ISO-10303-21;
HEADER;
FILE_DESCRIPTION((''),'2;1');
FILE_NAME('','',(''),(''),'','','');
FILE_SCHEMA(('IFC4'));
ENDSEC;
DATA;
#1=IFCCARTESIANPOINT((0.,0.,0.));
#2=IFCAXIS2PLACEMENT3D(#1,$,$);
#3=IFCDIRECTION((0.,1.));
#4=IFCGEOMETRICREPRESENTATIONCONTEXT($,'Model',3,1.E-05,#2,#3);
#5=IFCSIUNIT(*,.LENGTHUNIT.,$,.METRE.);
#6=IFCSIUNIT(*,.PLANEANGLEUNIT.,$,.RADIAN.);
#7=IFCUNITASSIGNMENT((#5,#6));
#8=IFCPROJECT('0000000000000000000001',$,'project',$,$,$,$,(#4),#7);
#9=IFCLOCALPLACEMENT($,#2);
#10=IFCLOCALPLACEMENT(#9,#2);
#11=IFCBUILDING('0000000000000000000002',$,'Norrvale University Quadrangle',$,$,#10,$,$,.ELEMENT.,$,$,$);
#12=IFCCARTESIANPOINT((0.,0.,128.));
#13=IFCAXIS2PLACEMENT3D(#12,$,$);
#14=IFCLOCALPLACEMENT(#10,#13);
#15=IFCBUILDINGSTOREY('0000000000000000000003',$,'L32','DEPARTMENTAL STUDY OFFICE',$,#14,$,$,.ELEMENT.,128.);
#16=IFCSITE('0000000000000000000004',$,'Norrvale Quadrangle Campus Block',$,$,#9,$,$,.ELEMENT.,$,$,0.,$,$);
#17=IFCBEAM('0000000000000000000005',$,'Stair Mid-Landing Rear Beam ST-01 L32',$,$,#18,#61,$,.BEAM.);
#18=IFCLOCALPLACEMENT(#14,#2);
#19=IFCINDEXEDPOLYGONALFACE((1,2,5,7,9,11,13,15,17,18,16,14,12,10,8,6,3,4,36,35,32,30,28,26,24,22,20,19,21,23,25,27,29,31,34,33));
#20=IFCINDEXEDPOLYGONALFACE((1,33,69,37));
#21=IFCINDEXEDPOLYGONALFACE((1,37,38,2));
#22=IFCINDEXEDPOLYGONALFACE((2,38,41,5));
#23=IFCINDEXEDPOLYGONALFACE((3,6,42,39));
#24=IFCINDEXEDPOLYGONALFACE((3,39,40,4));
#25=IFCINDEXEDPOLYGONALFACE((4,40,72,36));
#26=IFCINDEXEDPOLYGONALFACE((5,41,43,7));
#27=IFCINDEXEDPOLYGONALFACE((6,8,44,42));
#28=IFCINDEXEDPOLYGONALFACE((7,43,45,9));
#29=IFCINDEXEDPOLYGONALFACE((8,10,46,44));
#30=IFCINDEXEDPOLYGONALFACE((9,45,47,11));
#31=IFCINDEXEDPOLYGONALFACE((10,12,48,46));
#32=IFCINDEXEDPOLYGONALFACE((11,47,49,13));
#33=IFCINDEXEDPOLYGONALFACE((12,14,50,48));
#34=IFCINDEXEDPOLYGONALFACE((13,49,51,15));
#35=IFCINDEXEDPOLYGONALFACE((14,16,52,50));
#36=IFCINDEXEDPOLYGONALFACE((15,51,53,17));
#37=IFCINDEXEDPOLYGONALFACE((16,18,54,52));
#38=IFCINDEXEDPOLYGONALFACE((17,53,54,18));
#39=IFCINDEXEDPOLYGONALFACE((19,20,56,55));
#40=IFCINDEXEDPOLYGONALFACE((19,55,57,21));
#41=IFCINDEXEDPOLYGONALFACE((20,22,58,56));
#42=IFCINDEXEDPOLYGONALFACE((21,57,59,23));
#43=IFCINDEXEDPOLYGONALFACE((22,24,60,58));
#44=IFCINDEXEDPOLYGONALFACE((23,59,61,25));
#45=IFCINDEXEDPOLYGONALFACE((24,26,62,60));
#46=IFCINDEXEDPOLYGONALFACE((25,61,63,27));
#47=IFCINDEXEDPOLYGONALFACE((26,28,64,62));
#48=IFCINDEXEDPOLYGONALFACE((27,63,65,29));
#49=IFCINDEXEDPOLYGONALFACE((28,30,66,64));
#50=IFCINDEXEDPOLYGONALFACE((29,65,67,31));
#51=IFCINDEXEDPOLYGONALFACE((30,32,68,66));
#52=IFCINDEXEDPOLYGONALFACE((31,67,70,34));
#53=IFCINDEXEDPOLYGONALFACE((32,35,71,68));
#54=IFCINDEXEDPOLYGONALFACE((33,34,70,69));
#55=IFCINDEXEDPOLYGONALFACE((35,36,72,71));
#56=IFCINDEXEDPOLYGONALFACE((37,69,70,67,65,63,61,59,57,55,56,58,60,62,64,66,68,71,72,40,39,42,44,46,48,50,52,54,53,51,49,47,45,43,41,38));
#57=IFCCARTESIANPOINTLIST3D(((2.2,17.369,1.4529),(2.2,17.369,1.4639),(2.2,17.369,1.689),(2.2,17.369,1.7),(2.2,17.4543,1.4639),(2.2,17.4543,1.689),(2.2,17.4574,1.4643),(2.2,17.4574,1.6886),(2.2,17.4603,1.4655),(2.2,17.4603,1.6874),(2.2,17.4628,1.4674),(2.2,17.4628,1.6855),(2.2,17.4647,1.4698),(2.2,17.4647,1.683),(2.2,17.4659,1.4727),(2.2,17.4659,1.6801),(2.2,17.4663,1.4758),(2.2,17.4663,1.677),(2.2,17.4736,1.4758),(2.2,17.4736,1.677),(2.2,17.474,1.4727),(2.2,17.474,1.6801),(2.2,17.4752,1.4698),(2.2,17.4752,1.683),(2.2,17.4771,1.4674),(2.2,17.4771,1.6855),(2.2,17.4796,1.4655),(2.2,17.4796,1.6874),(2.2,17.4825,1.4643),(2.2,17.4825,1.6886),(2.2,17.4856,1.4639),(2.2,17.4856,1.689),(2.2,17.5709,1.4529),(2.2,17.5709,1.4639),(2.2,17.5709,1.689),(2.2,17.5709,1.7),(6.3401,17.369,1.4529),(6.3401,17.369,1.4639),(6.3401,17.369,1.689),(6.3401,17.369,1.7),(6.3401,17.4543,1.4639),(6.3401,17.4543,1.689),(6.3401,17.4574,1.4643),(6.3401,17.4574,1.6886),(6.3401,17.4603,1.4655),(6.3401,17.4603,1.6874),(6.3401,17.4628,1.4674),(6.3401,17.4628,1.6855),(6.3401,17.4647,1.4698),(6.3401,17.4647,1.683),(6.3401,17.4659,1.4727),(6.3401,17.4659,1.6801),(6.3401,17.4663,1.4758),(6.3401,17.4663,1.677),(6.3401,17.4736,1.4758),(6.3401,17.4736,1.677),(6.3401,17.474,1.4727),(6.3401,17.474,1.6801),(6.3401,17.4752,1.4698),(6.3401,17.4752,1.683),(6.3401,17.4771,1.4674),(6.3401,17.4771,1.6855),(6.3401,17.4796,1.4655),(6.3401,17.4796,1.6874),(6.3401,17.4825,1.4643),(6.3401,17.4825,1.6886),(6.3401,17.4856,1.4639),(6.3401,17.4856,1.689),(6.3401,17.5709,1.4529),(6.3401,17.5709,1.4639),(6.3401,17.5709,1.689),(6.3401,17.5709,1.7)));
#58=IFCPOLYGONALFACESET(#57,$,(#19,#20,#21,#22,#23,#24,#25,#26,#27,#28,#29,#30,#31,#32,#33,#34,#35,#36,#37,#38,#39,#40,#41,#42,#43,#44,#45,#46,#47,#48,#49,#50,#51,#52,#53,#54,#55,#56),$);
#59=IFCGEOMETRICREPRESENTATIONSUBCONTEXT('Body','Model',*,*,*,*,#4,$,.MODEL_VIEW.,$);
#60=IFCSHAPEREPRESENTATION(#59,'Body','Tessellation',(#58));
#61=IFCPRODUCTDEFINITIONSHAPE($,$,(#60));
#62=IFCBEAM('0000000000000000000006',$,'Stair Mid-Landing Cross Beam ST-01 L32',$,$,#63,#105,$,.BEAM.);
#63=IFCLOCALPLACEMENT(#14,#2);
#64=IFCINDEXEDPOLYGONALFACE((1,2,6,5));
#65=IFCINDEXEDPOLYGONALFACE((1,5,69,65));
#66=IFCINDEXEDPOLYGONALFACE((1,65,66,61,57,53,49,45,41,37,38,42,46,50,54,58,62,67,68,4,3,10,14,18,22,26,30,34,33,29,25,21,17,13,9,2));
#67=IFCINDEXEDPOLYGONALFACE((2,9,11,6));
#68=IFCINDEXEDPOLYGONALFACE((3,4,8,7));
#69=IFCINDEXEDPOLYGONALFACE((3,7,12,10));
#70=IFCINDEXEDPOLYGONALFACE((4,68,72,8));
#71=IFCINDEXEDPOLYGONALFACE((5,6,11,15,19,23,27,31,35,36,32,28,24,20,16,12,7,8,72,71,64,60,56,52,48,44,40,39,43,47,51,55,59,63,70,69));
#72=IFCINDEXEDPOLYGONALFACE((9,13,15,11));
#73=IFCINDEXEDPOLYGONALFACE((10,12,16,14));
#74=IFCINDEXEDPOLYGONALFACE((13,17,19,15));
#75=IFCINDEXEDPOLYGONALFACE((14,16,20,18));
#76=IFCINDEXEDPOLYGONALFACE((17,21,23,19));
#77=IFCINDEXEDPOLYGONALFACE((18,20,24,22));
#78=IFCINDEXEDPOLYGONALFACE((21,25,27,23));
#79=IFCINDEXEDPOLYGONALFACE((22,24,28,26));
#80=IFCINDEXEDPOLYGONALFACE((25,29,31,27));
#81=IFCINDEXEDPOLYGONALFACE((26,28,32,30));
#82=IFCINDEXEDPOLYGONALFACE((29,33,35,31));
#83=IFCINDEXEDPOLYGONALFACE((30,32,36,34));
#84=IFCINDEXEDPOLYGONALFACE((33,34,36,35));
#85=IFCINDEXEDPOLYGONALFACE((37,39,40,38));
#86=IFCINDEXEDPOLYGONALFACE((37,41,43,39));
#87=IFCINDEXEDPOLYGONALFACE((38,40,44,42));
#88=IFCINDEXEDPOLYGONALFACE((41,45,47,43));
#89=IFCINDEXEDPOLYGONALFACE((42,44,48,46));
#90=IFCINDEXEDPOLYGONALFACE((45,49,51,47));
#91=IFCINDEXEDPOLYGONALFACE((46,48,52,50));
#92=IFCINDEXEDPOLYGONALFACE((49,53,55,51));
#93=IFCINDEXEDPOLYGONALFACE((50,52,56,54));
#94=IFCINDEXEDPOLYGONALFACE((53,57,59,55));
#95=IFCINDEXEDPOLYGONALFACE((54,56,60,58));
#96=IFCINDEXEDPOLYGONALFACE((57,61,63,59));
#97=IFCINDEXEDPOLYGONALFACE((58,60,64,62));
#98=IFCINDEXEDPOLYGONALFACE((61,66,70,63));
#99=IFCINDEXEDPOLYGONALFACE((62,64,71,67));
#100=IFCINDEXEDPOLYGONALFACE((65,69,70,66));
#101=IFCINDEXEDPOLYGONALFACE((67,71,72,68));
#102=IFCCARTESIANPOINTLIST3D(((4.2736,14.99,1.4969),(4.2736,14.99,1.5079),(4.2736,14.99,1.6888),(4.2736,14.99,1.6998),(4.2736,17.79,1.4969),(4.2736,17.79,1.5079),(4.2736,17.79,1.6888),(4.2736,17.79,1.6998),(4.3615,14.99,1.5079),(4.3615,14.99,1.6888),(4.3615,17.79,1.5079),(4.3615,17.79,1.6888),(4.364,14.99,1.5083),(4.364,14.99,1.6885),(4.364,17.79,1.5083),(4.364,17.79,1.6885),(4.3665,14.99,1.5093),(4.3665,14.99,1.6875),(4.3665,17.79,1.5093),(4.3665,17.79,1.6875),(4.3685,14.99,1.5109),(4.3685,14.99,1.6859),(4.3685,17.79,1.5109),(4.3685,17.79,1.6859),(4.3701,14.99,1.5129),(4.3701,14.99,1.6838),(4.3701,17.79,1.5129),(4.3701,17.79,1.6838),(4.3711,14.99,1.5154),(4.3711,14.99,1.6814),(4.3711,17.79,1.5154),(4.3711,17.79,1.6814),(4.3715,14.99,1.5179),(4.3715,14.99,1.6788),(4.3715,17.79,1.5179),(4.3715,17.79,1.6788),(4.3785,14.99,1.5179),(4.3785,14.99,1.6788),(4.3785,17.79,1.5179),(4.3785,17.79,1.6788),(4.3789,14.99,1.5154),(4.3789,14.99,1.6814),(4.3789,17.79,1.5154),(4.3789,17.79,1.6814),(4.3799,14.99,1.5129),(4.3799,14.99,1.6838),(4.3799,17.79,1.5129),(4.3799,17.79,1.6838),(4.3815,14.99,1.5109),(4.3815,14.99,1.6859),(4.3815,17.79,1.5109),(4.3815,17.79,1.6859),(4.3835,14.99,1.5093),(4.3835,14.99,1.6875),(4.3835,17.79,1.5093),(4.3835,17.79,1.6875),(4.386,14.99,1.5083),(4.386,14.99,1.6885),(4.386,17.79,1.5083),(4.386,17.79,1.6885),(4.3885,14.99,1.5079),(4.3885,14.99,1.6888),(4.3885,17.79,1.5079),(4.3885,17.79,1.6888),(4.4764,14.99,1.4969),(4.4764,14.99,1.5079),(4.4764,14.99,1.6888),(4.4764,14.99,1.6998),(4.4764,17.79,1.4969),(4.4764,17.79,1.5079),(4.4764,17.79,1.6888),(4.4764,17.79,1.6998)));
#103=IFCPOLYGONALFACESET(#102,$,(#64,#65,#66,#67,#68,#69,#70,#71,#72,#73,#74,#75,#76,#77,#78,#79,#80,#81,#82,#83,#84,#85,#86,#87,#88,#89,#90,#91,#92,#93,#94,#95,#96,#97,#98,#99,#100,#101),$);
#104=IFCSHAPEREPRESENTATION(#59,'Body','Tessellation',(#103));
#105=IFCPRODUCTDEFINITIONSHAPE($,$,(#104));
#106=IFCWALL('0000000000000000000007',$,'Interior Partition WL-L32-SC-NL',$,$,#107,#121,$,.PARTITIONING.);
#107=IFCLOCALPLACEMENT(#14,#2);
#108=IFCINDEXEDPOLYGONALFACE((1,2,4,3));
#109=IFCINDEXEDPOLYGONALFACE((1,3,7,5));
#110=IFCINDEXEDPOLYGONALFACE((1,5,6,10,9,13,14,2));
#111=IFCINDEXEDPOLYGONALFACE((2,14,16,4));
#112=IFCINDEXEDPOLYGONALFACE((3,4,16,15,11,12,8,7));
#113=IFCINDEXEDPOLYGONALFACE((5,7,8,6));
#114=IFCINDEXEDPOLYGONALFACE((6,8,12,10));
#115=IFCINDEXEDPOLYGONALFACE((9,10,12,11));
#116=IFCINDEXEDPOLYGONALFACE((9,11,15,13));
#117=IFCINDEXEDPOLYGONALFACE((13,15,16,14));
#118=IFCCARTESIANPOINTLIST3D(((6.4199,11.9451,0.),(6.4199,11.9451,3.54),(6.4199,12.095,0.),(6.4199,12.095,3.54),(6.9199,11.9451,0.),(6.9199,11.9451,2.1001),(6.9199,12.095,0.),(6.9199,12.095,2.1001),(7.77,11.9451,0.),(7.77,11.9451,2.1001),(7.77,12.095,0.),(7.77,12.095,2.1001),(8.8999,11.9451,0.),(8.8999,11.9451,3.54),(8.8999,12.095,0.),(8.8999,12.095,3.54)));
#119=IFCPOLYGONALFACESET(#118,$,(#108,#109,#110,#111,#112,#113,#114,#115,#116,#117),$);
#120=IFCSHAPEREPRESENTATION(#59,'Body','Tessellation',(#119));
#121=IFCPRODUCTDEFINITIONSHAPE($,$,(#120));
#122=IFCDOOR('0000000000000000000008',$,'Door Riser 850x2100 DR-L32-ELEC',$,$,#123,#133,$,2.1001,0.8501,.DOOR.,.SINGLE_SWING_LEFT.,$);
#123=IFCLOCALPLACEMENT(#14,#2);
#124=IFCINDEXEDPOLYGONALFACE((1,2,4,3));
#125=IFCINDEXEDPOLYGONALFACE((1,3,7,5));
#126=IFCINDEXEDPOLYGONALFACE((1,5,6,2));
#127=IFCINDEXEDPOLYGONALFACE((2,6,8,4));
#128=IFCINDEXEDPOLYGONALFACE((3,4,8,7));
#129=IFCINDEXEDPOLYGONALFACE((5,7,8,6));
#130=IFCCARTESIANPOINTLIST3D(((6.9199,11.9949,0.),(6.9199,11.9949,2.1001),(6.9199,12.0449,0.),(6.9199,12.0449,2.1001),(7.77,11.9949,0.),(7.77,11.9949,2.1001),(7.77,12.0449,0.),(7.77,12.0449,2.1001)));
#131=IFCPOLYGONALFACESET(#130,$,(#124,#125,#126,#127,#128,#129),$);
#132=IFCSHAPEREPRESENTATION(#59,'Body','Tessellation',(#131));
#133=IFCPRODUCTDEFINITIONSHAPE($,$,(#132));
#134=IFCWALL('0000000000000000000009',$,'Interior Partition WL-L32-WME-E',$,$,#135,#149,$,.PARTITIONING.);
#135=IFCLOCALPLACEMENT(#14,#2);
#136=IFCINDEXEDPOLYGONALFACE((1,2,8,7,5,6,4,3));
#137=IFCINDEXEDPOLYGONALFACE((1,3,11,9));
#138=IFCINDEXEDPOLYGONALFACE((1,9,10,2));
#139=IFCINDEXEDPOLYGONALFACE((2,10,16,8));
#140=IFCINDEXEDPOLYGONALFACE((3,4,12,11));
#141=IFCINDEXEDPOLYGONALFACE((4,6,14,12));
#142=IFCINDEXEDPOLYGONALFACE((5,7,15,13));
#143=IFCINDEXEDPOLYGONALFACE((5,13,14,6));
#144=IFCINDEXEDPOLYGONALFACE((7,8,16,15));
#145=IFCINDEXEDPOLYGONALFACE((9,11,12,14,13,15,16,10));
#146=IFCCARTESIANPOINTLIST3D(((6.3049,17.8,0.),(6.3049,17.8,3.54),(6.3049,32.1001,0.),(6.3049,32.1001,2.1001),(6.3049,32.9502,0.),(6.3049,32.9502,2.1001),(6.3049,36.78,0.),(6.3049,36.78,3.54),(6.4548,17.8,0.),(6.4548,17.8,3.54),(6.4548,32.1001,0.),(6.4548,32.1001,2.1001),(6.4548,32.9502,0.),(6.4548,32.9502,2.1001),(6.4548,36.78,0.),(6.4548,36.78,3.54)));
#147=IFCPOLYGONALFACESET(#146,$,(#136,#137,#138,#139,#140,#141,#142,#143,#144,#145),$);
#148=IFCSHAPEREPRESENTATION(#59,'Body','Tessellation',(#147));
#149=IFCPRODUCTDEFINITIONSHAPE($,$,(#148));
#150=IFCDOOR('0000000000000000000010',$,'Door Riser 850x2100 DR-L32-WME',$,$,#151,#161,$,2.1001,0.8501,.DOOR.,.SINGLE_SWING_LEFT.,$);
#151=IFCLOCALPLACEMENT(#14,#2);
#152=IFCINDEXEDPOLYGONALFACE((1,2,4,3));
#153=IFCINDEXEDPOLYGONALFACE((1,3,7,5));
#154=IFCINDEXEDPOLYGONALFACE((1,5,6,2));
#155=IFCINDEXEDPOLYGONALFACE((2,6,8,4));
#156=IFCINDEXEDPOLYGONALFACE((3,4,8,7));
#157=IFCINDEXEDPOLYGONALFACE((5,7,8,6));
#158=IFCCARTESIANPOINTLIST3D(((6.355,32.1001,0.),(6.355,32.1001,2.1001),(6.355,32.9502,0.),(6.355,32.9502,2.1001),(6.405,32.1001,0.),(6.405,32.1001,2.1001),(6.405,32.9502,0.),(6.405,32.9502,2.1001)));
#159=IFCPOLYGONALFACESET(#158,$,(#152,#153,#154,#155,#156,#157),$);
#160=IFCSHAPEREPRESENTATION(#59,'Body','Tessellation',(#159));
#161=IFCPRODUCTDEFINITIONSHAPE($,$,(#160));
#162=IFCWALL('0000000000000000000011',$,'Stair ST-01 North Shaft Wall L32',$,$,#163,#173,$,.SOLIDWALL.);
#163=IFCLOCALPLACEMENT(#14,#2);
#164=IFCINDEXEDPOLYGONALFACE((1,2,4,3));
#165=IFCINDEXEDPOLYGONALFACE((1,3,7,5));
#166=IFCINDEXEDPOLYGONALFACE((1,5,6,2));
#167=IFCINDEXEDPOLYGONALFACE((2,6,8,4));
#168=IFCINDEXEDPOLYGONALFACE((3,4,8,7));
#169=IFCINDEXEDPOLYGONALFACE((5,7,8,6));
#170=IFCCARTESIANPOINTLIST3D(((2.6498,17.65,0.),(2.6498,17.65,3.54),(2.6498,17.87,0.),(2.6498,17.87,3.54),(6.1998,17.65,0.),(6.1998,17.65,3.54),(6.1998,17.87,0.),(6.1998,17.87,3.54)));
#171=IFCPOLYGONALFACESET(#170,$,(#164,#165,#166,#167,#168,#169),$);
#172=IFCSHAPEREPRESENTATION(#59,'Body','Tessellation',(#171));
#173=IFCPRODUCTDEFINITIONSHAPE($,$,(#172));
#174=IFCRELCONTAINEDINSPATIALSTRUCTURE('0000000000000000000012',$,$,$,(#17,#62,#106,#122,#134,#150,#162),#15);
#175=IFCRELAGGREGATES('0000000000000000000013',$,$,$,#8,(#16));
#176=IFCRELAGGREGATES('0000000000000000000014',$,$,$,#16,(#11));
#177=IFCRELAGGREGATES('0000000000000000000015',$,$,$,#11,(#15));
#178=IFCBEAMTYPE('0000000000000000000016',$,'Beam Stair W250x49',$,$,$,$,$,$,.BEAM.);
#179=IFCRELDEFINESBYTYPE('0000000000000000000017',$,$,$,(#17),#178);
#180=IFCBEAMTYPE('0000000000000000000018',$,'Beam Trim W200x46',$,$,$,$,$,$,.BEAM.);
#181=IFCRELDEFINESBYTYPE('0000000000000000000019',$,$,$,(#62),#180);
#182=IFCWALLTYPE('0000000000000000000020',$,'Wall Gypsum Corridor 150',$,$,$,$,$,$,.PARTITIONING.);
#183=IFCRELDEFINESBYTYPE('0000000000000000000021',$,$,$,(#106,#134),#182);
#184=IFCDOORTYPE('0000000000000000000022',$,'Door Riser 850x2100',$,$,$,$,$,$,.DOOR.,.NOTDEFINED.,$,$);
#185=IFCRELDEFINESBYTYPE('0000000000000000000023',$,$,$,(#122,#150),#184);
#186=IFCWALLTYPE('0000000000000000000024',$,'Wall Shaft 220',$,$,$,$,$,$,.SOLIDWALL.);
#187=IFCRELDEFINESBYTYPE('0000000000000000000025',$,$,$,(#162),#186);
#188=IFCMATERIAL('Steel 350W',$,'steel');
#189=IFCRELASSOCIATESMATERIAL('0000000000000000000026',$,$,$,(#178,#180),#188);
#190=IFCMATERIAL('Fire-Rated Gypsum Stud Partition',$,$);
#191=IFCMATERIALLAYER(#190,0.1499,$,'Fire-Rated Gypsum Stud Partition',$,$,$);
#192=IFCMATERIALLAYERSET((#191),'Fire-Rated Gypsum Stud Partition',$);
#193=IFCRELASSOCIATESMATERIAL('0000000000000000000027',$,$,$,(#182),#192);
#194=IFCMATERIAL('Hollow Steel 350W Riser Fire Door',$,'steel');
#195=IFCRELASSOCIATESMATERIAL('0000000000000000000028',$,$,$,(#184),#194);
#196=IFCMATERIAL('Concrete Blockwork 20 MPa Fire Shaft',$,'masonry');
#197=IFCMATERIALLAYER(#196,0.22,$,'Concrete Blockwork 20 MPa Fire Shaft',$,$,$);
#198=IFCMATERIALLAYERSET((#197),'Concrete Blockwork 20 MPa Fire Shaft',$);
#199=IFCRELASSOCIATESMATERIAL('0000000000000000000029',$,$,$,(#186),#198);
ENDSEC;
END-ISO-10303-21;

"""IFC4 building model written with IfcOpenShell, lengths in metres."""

from ifc_helpers import new_model, si_unit, direction, frame, frame_2d, origin, origin_2d, place, context, subcontext, project, spatial, rectangle, i_section, extrude, material, layer, layer_set, material_profile, profile_set, type_object, element, fill, save


model = new_model("IFC4")

# Units and contexts
model_context = context("Model", 3, precision=1e-05, world=origin(), true_north=direction((0.0, 1.0)))
body_context = subcontext(model_context, "Body", "Model", "MODEL_VIEW")
ifc_project = project(units=[si_unit("LENGTHUNIT", "METRE"), si_unit("PLANEANGLEUNIT", "RADIAN")], contexts=[model_context])

# Site, building, storey
site_placement = place(None, origin())
site = spatial("IfcSite", under=ifc_project, at=site_placement, Name="Norrvale Quadrangle Campus Block", CompositionType="ELEMENT", RefElevation=0.0)
building_placement = place(site_placement, origin())
building = spatial("IfcBuilding", under=site, at=building_placement, Name="Norrvale University Quadrangle", CompositionType="ELEMENT")
storey_placement = place(building_placement, frame((0.0, 0.0, 128.0)))
storey = spatial("IfcBuildingStorey", under=building, at=storey_placement, Name="L32", Description="DEPARTMENTAL STUDY OFFICE", CompositionType="ELEMENT", Elevation=128.0)

# Beams
ifc_material_1 = material(Name="Steel 350W", Category="steel")
ifc_material_profile_1 = material_profile(ifc_material_1, i_section(OverallWidth=0.2019, OverallDepth=0.2471, WebThickness=0.0073, FlangeThickness=0.011, FilletRadius=0.012, at=origin_2d()), Name="Steel 350W")
ifc_profile_set_1 = profile_set([ifc_material_profile_1], Name="Steel 350W")
beam_type_1 = type_object("IfcBeamType", Name="Beam Stair W250x49", PredefinedType="BEAM", material=ifc_profile_set_1)
for number, where, z_axis, x_axis, name in (
    (1, (2.2, 17.47, 1.5764), (1.0, 0.0, 0.0), (0.0, 1.0, 0.0), "Stair Mid-Landing Rear Beam ST-01 L32"),
):
    element("IfcBeam", number, at=place(storey_placement, frame(where, z_axis=z_axis, x_axis=x_axis)), inside=storey, type_object=beam_type_1, Name=name, PredefinedType="BEAM", context=body_context, shape_type="SweptSolid", body=[
        extrude(i_section(OverallWidth=0.2019, OverallDepth=0.2471, WebThickness=0.0073, FlangeThickness=0.011, FilletRadius=0.012, at=origin_2d()), origin(), (0.0, 0.0, 1.0), 4.1401),
    ])
ifc_material_profile_2 = material_profile(ifc_material_1, i_section(OverallWidth=0.2029, OverallDepth=0.2029, WebThickness=0.0071, FlangeThickness=0.011, FilletRadius=0.01, at=origin_2d()), Name="Steel 350W")
ifc_profile_set_2 = profile_set([ifc_material_profile_2], Name="Steel 350W")
beam_type_2 = type_object("IfcBeamType", Name="Beam Trim W200x46", PredefinedType="BEAM", material=ifc_profile_set_2)
beam_1_placement = place(storey_placement, frame((4.375, 14.99, 1.5984), z_axis=(0.0, 1.0, 0.0), x_axis=(-1.0, 0.0, 0.0)))
element("IfcBeam", 2, at=beam_1_placement, inside=storey, type_object=beam_type_2, Name="Stair Mid-Landing Cross Beam ST-01 L32", PredefinedType="BEAM", context=body_context, shape_type="SweptSolid", body=[
    extrude(i_section(OverallWidth=0.2029, OverallDepth=0.2029, WebThickness=0.0071, FlangeThickness=0.011, FilletRadius=0.01, at=origin_2d()), origin(), (0.0, 0.0, 1.0), 2.8),
])

# Walls, openings, doors
ifc_material_2 = material(Name="Fire-Rated Gypsum Stud Partition")
ifc_layer_1 = layer(ifc_material_2, 0.1499, Name="Fire-Rated Gypsum Stud Partition")
ifc_layer_set_1 = layer_set([ifc_layer_1], Name="Fire-Rated Gypsum Stud Partition")
wall_type_1 = type_object("IfcWallType", Name="Wall Gypsum Corridor 150", PredefinedType="PARTITIONING", material=ifc_layer_set_1)
wall_1_placement = place(storey_placement, frame((6.4199, 12.02, 0.0), z_axis=(0.0, 0.0, 1.0), x_axis=(1.0, 0.0, 0.0)))
wall_1 = element("IfcWall", 3, at=wall_1_placement, inside=storey, type_object=wall_type_1, Name="Interior Partition WL-L32-SC-NL", PredefinedType="PARTITIONING", context=body_context, shape_type="SweptSolid", body=[
    extrude(rectangle(XDim=2.48, YDim=0.1499, at=frame_2d((1.24, 0.0))), origin(), (0.0, 0.0, 1.0), 3.54),
])
opening_1_placement = place(wall_1_placement, frame((0.5, 0.0, 0.0)))
opening_1 = element("IfcOpeningElement", 4, at=opening_1_placement, cuts=wall_1, PredefinedType="OPENING", context=body_context, shape_type="SweptSolid", body=[
    extrude(rectangle(XDim=0.8501, YDim=2.1001, at=frame_2d((0.425, 1.05))), frame((0.0, 0.0869, 0.0), z_axis=(0.0, -1.0, 0.0), x_axis=(1.0, 0.0, 0.0)), (0.0, 0.0, 1.0), 0.1738),
])
ifc_material_3 = material(Name="Hollow Steel 350W Riser Fire Door", Category="steel")
door_type = type_object("IfcDoorType", Name="Door Riser 850x2100", OperationType="NOTDEFINED", PredefinedType="DOOR", material=ifc_material_3)
door_1_placement = place(opening_1_placement, origin())
door_1 = element("IfcDoor", 5, at=door_1_placement, inside=storey, type_object=door_type, Name="Door Riser 850x2100 DR-L32-ELEC", OperationType="SINGLE_SWING_LEFT", OverallHeight=2.1001, OverallWidth=0.8501, PredefinedType="DOOR", context=body_context, shape_type="SweptSolid", body=[
    extrude(rectangle(XDim=0.8501, YDim=2.1001, at=frame_2d((0.425, 1.05))), frame((0.0, 0.0249, 0.0), z_axis=(0.0, -1.0, 0.0), x_axis=(1.0, 0.0, 0.0)), (0.0, 0.0, 1.0), 0.05),
])
fill(opening_1, door_1)
wall_2_placement = place(storey_placement, frame((6.3799, 17.8, 0.0), z_axis=(0.0, 0.0, 1.0), x_axis=(0.0, 1.0, 0.0)))
wall_2 = element("IfcWall", 6, at=wall_2_placement, inside=storey, type_object=wall_type_1, Name="Interior Partition WL-L32-WME-E", PredefinedType="PARTITIONING", context=body_context, shape_type="SweptSolid", body=[
    extrude(rectangle(XDim=18.98, YDim=0.1499, at=frame_2d((9.49, 0.0))), origin(), (0.0, 0.0, 1.0), 3.54),
])
opening_2_placement = place(wall_2_placement, frame((14.3, 0.0, 0.0)))
opening_2 = element("IfcOpeningElement", 7, at=opening_2_placement, cuts=wall_2, PredefinedType="OPENING", context=body_context, shape_type="SweptSolid", body=[
    extrude(rectangle(XDim=0.8501, YDim=2.1001, at=frame_2d((0.425, 1.05))), frame((0.0, 0.0869, 0.0), z_axis=(0.0, -1.0, 0.0), x_axis=(1.0, 0.0, 0.0)), (0.0, 0.0, 1.0), 0.1738),
])
door_2_placement = place(opening_2_placement, origin())
door_2 = element("IfcDoor", 8, at=door_2_placement, inside=storey, type_object=door_type, Name="Door Riser 850x2100 DR-L32-WME", OperationType="SINGLE_SWING_LEFT", OverallHeight=2.1001, OverallWidth=0.8501, PredefinedType="DOOR", context=body_context, shape_type="SweptSolid", body=[
    extrude(rectangle(XDim=0.8501, YDim=2.1001, at=frame_2d((0.425, 1.05))), frame((0.0, 0.0249, 0.0), z_axis=(0.0, -1.0, 0.0), x_axis=(1.0, 0.0, 0.0)), (0.0, 0.0, 1.0), 0.05),
])
fill(opening_2, door_2)

# Wall
ifc_material_4 = material(Name="Concrete Blockwork 20 MPa Fire Shaft", Category="masonry")
ifc_layer_2 = layer(ifc_material_4, 0.22, Name="Concrete Blockwork 20 MPa Fire Shaft")
ifc_layer_set_2 = layer_set([ifc_layer_2], Name="Concrete Blockwork 20 MPa Fire Shaft")
wall_type_2 = type_object("IfcWallType", Name="Wall Shaft 220", PredefinedType="SOLIDWALL", material=ifc_layer_set_2)
wall_3_placement = place(storey_placement, frame((2.6499, 17.76, 0.0), z_axis=(0.0, 0.0, 1.0), x_axis=(1.0, 0.0, 0.0)))
element("IfcWall", 9, at=wall_3_placement, inside=storey, type_object=wall_type_2, Name="Stair ST-01 North Shaft Wall L32", PredefinedType="SOLIDWALL", context=body_context, shape_type="SweptSolid", body=[
    extrude(rectangle(XDim=3.55, YDim=0.22, at=frame_2d((1.7749, 0.0))), origin(), (0.0, 0.0, 1.0), 3.54),
])

save(model, "model.ifc")
